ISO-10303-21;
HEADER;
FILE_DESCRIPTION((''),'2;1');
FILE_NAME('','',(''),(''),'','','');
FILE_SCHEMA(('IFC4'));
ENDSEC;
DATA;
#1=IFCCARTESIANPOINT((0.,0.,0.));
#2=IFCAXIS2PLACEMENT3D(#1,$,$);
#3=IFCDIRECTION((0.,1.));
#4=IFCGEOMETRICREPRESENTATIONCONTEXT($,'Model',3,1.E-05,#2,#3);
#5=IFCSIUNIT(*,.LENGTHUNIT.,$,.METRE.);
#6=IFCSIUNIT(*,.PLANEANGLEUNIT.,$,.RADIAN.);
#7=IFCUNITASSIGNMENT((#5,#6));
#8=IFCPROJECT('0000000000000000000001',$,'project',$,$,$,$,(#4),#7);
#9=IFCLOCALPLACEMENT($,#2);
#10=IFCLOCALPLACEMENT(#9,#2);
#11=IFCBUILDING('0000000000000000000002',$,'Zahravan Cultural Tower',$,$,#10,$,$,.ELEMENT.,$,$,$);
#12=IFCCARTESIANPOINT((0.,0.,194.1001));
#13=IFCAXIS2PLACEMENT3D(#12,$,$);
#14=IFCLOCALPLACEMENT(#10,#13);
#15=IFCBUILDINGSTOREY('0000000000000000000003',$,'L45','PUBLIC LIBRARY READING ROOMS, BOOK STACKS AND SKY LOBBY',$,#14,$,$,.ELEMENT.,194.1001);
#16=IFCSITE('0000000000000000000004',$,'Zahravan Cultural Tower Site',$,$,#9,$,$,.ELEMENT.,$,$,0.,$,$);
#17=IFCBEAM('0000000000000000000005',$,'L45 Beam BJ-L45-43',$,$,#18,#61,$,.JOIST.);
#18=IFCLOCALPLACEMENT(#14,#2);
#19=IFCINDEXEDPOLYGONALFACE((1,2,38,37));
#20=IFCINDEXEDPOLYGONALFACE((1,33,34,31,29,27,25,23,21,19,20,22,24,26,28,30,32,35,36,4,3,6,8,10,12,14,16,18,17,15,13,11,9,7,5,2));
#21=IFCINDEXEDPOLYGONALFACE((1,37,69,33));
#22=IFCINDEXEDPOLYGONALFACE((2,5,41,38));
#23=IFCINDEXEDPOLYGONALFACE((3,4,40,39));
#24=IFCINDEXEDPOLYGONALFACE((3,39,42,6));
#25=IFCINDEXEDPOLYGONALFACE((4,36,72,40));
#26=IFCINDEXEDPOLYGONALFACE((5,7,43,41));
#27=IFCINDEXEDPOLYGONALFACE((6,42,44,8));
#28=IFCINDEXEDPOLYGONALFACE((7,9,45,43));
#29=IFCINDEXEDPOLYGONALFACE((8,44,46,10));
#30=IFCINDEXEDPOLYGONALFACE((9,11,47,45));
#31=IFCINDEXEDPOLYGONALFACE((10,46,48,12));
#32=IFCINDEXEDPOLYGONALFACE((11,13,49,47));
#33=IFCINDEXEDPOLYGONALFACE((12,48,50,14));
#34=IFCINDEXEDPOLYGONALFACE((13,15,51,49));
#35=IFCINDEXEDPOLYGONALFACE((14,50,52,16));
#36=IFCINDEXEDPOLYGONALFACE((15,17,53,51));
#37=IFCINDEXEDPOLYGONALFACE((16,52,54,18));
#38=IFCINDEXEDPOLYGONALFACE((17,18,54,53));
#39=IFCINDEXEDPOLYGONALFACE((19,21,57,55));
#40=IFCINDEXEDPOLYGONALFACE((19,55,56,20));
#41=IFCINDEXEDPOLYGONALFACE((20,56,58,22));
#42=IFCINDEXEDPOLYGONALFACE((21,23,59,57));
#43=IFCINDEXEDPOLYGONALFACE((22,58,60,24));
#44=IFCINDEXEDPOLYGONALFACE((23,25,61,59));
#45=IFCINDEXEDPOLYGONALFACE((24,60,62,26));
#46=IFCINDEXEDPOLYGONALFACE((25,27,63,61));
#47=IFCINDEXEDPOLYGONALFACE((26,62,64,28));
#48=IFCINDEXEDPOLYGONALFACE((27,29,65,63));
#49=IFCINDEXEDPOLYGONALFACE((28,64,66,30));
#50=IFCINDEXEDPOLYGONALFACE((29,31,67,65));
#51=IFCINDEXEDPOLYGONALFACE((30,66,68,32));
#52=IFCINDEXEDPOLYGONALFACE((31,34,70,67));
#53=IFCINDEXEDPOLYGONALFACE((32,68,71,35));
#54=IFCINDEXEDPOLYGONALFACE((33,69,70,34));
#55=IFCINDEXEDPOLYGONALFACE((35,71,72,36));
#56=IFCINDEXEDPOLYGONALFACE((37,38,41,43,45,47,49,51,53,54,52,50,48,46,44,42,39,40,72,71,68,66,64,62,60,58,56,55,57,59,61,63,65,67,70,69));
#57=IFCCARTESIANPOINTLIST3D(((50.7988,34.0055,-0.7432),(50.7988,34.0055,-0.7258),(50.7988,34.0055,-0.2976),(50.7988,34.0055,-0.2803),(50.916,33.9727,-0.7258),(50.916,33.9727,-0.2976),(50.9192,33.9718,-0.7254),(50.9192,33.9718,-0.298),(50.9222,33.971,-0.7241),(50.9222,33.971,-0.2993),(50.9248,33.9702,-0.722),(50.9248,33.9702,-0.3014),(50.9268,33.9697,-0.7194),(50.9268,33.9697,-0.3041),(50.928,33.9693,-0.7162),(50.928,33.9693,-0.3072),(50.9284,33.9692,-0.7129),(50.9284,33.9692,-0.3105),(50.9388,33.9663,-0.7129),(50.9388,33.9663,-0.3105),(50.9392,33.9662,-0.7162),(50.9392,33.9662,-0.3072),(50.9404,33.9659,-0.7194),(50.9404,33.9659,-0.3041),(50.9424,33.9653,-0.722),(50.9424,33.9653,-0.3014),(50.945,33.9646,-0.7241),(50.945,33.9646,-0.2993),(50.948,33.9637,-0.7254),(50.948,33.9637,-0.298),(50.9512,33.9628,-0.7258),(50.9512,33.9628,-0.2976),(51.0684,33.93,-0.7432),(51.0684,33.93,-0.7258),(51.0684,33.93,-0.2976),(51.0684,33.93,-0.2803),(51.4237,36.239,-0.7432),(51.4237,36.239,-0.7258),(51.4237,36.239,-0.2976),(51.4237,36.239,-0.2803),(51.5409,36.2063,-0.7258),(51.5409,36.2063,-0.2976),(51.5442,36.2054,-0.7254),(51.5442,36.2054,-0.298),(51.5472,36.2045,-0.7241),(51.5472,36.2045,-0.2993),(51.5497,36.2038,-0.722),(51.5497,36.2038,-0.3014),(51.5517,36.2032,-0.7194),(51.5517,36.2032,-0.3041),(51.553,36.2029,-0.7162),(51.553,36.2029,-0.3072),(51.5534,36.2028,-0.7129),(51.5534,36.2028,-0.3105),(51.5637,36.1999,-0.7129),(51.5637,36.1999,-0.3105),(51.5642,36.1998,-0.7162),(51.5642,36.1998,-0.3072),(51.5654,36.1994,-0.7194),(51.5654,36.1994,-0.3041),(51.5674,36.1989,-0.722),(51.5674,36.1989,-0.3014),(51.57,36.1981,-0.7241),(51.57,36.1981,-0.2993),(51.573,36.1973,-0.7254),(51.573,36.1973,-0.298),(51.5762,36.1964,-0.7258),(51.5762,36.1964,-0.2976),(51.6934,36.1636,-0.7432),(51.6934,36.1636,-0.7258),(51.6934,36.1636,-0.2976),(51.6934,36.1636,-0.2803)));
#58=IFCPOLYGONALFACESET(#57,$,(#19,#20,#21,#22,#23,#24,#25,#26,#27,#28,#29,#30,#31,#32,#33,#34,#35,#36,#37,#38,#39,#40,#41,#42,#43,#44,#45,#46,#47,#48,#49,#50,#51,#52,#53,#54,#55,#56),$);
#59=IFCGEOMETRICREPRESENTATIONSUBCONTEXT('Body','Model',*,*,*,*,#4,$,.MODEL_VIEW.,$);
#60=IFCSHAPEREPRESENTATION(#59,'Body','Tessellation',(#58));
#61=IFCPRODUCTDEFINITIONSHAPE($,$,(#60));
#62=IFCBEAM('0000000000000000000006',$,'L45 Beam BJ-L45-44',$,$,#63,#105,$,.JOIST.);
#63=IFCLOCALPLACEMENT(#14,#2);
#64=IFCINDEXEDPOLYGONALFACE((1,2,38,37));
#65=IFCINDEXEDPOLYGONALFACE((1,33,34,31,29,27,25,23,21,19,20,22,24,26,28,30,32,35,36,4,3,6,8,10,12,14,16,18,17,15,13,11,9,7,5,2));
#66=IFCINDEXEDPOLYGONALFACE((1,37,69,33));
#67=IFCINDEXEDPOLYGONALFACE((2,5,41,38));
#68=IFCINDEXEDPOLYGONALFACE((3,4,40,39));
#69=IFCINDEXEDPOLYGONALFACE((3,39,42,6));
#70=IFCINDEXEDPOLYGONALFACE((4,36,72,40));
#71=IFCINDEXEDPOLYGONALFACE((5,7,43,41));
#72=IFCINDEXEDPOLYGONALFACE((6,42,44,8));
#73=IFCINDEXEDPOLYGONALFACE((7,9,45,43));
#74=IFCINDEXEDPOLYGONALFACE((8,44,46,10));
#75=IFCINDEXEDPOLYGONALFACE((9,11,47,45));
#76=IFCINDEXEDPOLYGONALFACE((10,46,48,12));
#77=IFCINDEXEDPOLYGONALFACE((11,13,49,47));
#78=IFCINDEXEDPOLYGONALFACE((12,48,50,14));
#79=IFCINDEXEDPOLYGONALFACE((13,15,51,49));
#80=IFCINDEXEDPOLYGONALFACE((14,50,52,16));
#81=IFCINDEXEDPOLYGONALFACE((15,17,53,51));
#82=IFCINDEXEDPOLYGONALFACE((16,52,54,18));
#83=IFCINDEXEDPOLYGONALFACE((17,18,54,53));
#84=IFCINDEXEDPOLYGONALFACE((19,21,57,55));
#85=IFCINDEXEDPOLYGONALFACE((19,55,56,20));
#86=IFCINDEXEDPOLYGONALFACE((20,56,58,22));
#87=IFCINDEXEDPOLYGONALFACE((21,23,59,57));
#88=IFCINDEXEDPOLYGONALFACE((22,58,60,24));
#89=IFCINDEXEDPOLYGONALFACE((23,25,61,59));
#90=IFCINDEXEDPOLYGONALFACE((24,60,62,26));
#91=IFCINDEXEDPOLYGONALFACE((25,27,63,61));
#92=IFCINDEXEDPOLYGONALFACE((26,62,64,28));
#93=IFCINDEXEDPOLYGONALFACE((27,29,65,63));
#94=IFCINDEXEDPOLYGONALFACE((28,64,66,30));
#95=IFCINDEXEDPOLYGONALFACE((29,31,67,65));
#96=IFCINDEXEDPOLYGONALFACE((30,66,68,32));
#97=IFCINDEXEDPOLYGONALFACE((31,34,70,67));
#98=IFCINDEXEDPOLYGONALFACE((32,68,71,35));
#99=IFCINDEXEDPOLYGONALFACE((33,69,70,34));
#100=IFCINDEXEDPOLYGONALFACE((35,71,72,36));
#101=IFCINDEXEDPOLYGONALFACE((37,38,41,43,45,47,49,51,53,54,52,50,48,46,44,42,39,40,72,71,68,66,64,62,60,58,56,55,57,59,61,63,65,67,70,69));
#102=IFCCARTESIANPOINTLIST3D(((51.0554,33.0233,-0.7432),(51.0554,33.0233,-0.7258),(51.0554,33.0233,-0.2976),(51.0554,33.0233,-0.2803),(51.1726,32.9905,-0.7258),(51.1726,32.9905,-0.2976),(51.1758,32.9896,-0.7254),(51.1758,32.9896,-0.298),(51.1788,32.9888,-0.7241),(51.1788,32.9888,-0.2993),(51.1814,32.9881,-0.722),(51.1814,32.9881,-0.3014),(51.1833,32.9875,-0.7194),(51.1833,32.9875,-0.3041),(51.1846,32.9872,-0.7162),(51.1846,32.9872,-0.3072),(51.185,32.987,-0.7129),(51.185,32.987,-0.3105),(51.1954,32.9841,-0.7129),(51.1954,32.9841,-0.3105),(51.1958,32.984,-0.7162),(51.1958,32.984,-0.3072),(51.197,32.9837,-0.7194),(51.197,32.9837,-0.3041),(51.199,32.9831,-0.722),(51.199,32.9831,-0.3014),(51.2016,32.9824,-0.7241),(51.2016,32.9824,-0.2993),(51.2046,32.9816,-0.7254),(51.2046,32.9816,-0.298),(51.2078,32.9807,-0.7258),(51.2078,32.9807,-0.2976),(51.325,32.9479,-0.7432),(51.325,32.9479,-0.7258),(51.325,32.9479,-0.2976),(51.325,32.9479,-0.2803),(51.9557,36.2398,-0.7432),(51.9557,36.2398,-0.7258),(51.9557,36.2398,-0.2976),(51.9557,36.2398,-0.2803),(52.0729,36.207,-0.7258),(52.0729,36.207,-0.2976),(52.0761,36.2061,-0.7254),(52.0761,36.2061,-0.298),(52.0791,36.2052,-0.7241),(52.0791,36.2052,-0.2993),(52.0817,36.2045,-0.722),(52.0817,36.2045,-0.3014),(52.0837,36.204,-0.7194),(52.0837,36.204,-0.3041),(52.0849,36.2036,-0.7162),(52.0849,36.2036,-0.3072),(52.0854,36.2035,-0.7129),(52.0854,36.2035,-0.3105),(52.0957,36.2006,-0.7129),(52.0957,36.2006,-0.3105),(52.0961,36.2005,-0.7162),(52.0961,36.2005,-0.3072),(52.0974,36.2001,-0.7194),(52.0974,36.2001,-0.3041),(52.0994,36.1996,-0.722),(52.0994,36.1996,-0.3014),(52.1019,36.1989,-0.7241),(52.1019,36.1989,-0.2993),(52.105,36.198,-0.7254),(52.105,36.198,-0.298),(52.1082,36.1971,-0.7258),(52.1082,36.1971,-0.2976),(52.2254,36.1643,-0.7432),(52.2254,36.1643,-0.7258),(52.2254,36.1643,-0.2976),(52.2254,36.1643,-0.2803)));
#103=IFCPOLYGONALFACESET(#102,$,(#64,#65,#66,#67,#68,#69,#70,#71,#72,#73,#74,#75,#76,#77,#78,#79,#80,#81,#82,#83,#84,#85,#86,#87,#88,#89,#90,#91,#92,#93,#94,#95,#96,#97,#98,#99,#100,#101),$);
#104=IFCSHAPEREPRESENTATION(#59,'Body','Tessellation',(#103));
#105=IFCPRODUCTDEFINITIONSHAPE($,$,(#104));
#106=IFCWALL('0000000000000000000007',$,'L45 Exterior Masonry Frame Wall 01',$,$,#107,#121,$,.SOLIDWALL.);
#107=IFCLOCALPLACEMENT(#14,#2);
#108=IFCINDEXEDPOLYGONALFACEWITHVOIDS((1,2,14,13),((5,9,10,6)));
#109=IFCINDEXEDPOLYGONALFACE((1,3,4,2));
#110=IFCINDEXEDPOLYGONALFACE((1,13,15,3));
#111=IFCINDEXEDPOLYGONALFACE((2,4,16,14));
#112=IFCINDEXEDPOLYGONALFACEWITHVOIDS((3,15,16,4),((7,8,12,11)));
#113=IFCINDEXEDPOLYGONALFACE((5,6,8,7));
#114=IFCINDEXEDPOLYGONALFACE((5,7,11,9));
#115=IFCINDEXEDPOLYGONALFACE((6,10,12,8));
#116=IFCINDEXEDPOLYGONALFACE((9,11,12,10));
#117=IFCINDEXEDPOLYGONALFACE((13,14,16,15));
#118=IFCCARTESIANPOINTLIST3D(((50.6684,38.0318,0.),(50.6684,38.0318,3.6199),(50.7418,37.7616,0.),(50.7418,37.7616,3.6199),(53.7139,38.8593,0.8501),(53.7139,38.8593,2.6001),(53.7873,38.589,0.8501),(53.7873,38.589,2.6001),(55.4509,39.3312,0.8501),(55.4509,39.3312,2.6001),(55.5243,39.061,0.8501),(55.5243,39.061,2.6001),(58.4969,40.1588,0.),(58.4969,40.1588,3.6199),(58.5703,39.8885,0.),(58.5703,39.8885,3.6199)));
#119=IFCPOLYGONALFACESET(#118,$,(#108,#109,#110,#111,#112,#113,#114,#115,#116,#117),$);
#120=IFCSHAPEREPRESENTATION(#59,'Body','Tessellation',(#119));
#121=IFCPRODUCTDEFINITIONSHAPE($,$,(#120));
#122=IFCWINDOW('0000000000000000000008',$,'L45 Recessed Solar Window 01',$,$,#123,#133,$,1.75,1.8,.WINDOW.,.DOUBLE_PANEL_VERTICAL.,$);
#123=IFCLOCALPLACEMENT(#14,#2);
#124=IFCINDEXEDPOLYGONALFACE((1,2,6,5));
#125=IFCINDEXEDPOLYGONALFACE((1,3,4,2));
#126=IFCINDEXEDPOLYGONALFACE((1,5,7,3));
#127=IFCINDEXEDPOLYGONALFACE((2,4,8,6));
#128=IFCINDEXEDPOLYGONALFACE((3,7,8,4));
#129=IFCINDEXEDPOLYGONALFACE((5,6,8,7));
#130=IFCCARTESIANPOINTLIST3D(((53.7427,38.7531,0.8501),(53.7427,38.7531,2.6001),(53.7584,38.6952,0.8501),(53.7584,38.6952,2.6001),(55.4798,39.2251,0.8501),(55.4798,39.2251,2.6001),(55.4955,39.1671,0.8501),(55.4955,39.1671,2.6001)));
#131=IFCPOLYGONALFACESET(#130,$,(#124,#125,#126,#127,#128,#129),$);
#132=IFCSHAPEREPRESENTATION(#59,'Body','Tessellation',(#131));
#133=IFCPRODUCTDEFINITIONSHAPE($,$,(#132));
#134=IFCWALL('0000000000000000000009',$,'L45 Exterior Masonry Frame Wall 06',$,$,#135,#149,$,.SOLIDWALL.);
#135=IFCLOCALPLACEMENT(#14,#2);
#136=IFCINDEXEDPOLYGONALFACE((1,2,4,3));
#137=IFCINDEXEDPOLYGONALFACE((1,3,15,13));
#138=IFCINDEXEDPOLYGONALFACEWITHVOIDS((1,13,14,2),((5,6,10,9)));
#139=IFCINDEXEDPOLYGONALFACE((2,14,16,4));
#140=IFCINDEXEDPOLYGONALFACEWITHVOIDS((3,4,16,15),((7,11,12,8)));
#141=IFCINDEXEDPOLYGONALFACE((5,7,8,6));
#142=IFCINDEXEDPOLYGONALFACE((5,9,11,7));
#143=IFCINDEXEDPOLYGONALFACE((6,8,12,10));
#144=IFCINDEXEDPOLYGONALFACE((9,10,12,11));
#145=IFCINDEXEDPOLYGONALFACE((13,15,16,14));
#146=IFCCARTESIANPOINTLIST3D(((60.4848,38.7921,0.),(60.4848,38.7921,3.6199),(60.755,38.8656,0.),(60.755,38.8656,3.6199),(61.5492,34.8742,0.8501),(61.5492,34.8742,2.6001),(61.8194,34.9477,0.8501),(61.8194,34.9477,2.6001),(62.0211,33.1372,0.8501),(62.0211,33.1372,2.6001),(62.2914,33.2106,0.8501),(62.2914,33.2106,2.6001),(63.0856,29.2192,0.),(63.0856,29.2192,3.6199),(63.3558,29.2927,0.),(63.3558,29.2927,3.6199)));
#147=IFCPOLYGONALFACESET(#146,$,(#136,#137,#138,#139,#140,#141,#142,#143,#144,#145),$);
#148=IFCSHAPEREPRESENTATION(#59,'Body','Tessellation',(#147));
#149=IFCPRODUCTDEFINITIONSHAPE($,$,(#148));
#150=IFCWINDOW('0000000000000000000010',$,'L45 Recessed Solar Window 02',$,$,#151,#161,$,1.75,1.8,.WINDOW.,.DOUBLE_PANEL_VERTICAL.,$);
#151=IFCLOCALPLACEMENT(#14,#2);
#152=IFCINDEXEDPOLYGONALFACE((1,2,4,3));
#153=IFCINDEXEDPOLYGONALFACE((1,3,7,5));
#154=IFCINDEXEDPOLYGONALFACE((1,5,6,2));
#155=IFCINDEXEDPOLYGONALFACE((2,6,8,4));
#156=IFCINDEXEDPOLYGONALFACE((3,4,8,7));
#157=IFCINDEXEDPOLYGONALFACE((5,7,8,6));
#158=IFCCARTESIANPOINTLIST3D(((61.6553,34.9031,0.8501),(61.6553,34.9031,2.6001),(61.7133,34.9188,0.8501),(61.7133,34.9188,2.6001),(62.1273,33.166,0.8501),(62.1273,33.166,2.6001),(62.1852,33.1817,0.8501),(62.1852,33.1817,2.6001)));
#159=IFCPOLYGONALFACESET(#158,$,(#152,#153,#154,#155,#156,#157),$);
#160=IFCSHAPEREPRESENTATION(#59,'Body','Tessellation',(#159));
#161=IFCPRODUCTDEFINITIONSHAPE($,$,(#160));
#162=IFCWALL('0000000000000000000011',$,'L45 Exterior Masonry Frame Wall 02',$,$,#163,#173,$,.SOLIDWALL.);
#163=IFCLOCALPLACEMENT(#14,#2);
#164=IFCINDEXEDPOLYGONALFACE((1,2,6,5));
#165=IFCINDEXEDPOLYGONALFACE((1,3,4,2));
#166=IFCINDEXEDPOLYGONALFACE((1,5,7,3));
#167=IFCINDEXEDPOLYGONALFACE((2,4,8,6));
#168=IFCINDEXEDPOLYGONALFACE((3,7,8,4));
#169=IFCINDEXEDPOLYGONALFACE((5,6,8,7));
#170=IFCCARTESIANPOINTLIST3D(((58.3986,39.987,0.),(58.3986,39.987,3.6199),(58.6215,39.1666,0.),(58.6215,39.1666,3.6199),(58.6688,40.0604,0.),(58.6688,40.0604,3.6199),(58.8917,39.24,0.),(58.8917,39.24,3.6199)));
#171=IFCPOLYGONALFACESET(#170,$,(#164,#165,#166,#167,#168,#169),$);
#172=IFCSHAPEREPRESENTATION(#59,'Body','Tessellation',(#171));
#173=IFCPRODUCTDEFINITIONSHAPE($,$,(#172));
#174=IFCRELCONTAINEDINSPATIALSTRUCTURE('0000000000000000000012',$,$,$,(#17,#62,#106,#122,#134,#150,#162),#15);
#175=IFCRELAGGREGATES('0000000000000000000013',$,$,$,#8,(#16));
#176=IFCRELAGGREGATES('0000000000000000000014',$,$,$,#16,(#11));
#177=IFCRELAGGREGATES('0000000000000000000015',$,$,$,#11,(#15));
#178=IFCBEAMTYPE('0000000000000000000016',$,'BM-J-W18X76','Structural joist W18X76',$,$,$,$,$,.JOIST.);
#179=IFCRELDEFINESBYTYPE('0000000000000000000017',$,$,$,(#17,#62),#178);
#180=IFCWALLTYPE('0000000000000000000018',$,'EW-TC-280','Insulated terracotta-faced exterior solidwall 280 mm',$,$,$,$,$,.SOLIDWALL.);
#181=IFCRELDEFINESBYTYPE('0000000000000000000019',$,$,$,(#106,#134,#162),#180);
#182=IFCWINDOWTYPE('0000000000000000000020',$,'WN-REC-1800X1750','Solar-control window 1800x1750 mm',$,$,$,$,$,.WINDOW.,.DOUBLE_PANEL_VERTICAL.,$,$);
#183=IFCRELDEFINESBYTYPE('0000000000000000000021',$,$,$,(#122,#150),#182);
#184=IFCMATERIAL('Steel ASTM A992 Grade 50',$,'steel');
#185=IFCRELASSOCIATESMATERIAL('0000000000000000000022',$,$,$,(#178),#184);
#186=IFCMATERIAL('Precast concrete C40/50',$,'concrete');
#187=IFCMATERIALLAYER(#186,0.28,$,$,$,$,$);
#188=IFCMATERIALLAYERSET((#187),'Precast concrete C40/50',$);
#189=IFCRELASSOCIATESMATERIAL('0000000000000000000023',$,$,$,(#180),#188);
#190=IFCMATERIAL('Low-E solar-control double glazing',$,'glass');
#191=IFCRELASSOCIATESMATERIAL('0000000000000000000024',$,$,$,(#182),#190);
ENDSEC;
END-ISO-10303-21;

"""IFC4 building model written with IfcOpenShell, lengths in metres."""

from ifc_helpers import new_model, si_unit, direction, frame, frame_2d, origin, origin_2d, place, context, subcontext, project, spatial, rectangle, i_section, extrude, source, transform, mapped, material, layer, layer_set, material_profile, profile_set, type_object, element, fill, save


model = new_model("IFC4")

# Units and contexts
model_context = context("Model", 3, precision=1e-05, world=origin(), true_north=direction((0.0, 1.0)))
body_context = subcontext(model_context, "Body", "Model", "MODEL_VIEW")
ifc_project = project(units=[si_unit("LENGTHUNIT", "METRE"), si_unit("PLANEANGLEUNIT", "RADIAN")], contexts=[model_context])

# Site, building, storey
site_placement = place(None, origin())
site = spatial("IfcSite", under=ifc_project, at=site_placement, Name="Zahravan Cultural Tower Site", CompositionType="ELEMENT", RefElevation=0.0)
building_placement = place(site_placement, origin())
building = spatial("IfcBuilding", under=site, at=building_placement, Name="Zahravan Cultural Tower", CompositionType="ELEMENT")
storey_placement = place(building_placement, frame((0.0, 0.0, 194.1001)))
storey = spatial("IfcBuildingStorey", under=building, at=storey_placement, Name="L45", Description="PUBLIC LIBRARY READING ROOMS, BOOK STACKS AND SKY LOBBY", CompositionType="ELEMENT", Elevation=194.1001)

# Shared definitions
ifc_material_1 = material(Name="Steel ASTM A992 Grade 50", Category="steel")

# Beams
ifc_material_profile_1 = material_profile(ifc_material_1, i_section(OverallWidth=0.28, OverallDepth=0.4629, WebThickness=0.0107, FlangeThickness=0.0173, FilletRadius=0.0129, at=origin_2d()), Name="W18X76")
ifc_profile_set_1 = profile_set([ifc_material_profile_1], Name="Steel ASTM A992 Grade 50")
beam_type_1 = type_object("IfcBeamType", Name="BM-J-W18X76", Description="Structural joist W18X76", PredefinedType="JOIST", material=ifc_profile_set_1)
shared_shape_1 = source(origin(), body_context, "Body", "SweptSolid", [
    extrude(i_section(OverallWidth=0.28, OverallDepth=0.4629, WebThickness=0.0107, FlangeThickness=0.0173, FilletRadius=0.0129, at=origin_2d()), origin(), (0.0, 0.0, 1.0), 2.3193),
])
beam_1_placement = place(storey_placement, frame((50.9336, 33.9678, -0.5117), z_axis=(0.269462, 0.963011, 0.0), x_axis=(-0.963011, 0.269462, 0.0)))
element("IfcBeam", 1, at=beam_1_placement, inside=storey, type_object=beam_type_1, Name="L45 Beam BJ-L45-43", PredefinedType="JOIST", context=body_context, shape_type="MappedRepresentation", body=[
    mapped(shared_shape_1, transform((0.0, 0.0, 0.0), x_axis=(1.0, 0.0, 0.0), y_axis=(0.0, 1.0, 0.0), z_axis=(0.0, 0.0, 1.0), scale=1.0)),
])
shared_shape_2 = source(origin(), body_context, "Body", "SweptSolid", [
    extrude(i_section(OverallWidth=0.28, OverallDepth=0.4629, WebThickness=0.0107, FlangeThickness=0.0173, FilletRadius=0.0129, at=origin_2d()), origin(), (0.0, 0.0, 1.0), 3.3401),
])
beam_2_placement = place(storey_placement, frame((51.1902, 32.9856, -0.5117), z_axis=(0.269562, 0.962983, 0.0), x_axis=(-0.962983, 0.269562, 0.0)))
element("IfcBeam", 2, at=beam_2_placement, inside=storey, type_object=beam_type_1, Name="L45 Beam BJ-L45-44", PredefinedType="JOIST", context=body_context, shape_type="MappedRepresentation", body=[
    mapped(shared_shape_2, transform((0.0, 0.0, 0.0), x_axis=(1.0, 0.0, 0.0), y_axis=(0.0, 1.0, 0.0), z_axis=(0.0, 0.0, 1.0), scale=1.0)),
])

# Walls, openings, windows
ifc_material_2 = material(Name="Precast concrete C40/50", Category="concrete")
ifc_layer_1 = layer(ifc_material_2, 0.28)
ifc_layer_set_1 = layer_set([ifc_layer_1], Name="Precast concrete C40/50")
wall_type_1 = type_object("IfcWallType", Name="EW-TC-280", Description="Insulated terracotta-faced exterior solidwall 280 mm", PredefinedType="SOLIDWALL", material=ifc_layer_set_1)
wall_1_placement = place(storey_placement, frame((50.7051, 37.8967, 0.0), z_axis=(0.0, 0.0, 1.0), x_axis=(0.965018, 0.262185, 0.0)))
wall_1 = element("IfcWall", 3, at=wall_1_placement, inside=storey, type_object=wall_type_1, Name="L45 Exterior Masonry Frame Wall 01", PredefinedType="SOLIDWALL", context=body_context, shape_type="SweptSolid", body=[
    extrude(rectangle(XDim=8.1123, YDim=0.28, at=frame_2d((4.0562, 0.0))), origin(), (0.0, 0.0, 1.0), 3.6199),
])
opening_1_placement = place(wall_1_placement, frame((3.156, 0.0, 0.8501)))
opening_1 = element("IfcOpeningElement", 4, at=opening_1_placement, cuts=wall_1, PredefinedType="OPENING", context=body_context, shape_type="SweptSolid", body=[
    extrude(rectangle(XDim=1.8, YDim=1.75, at=frame_2d((0.8999, 0.875))), frame((0.0, 0.1499, 0.0), z_axis=(0.0, -1.0, 0.0), x_axis=(1.0, 0.0, 0.0)), (0.0, 0.0, 1.0), 0.3),
])
ifc_material_3 = material(Name="Low-E solar-control double glazing", Category="glass")
window_type = type_object("IfcWindowType", Name="WN-REC-1800X1750", Description="Solar-control window 1800x1750 mm", PartitioningType="DOUBLE_PANEL_VERTICAL", PredefinedType="WINDOW", material=ifc_material_3)
shared_shape_3 = source(origin(), body_context, "Body", "SweptSolid", [
    extrude(rectangle(XDim=1.8, YDim=1.75, at=frame_2d((0.8999, 0.875))), frame((0.0, 0.03, 0.0), z_axis=(0.0, -1.0, 0.0), x_axis=(1.0, 0.0, 0.0)), (0.0, 0.0, 1.0), 0.0601),
])
window_1_placement = place(opening_1_placement, origin())
window_1 = element("IfcWindow", 5, at=window_1_placement, inside=storey, type_object=window_type, Name="L45 Recessed Solar Window 01", OverallHeight=1.75, OverallWidth=1.8, PartitioningType="DOUBLE_PANEL_VERTICAL", PredefinedType="WINDOW", context=body_context, shape_type="MappedRepresentation", body=[
    mapped(shared_shape_3, transform((0.0, 0.0, 0.0), x_axis=(1.0, 0.0, 0.0), y_axis=(0.0, 1.0, 0.0), z_axis=(0.0, 0.0, 1.0), scale=1.0)),
])
fill(opening_1, window_1)
wall_2_placement = place(storey_placement, frame((60.6199, 38.8289, 0.0), z_axis=(0.0, 0.0, 1.0), x_axis=(0.26218, -0.965019, 0.0)))
wall_2 = element("IfcWall", 6, at=wall_2_placement, inside=storey, type_object=wall_type_1, Name="L45 Exterior Masonry Frame Wall 06", PredefinedType="SOLIDWALL", context=body_context, shape_type="SweptSolid", body=[
    extrude(rectangle(XDim=9.9199, YDim=0.28, at=frame_2d((4.96, 0.0))), origin(), (0.0, 0.0, 1.0), 3.6199),
])
opening_2_placement = place(wall_2_placement, frame((4.0601, 0.0, 0.8501)))
opening_2 = element("IfcOpeningElement", 7, at=opening_2_placement, cuts=wall_2, PredefinedType="OPENING", context=body_context, shape_type="SweptSolid", body=[
    extrude(rectangle(XDim=1.8, YDim=1.75, at=frame_2d((0.8999, 0.875))), frame((0.0, 0.1499, 0.0), z_axis=(0.0, -1.0, 0.0), x_axis=(1.0, 0.0, 0.0)), (0.0, 0.0, 1.0), 0.3),
])
window_2_placement = place(opening_2_placement, origin())
window_2 = element("IfcWindow", 8, at=window_2_placement, inside=storey, type_object=window_type, Name="L45 Recessed Solar Window 02", OverallHeight=1.75, OverallWidth=1.8, PartitioningType="DOUBLE_PANEL_VERTICAL", PredefinedType="WINDOW", context=body_context, shape_type="MappedRepresentation", body=[
    mapped(shared_shape_3, transform((0.0, 0.0, 0.0), x_axis=(1.0, 0.0, 0.0), y_axis=(0.0, 1.0, 0.0), z_axis=(0.0, 0.0, 1.0), scale=1.0)),
])
fill(opening_2, window_2)

# Wall
shared_shape_4 = source(origin(), body_context, "Body", "SweptSolid", [
    extrude(rectangle(XDim=0.8501, YDim=0.28, at=frame_2d((0.425, 0.0))), origin(), (0.0, 0.0, 1.0), 3.6199),
])
for number, where, z_axis, x_axis, name in (
    (9, (58.5337, 40.0237, 0.0), (0.0, 0.0, 1.0), (0.262218, -0.965009, 0.0), "L45 Exterior Masonry Frame Wall 02"),
):
    element("IfcWall", number, at=place(storey_placement, frame(where, z_axis=z_axis, x_axis=x_axis)), inside=storey, type_object=wall_type_1, Name=name, PredefinedType="SOLIDWALL", context=body_context, shape_type="MappedRepresentation", body=[
        mapped(shared_shape_4, transform((0.0, 0.0, 0.0), x_axis=(1.0, 0.0, 0.0), y_axis=(0.0, 1.0, 0.0), z_axis=(0.0, 0.0, 1.0), scale=1.0)),
    ])

save(model, "model.ifc")
